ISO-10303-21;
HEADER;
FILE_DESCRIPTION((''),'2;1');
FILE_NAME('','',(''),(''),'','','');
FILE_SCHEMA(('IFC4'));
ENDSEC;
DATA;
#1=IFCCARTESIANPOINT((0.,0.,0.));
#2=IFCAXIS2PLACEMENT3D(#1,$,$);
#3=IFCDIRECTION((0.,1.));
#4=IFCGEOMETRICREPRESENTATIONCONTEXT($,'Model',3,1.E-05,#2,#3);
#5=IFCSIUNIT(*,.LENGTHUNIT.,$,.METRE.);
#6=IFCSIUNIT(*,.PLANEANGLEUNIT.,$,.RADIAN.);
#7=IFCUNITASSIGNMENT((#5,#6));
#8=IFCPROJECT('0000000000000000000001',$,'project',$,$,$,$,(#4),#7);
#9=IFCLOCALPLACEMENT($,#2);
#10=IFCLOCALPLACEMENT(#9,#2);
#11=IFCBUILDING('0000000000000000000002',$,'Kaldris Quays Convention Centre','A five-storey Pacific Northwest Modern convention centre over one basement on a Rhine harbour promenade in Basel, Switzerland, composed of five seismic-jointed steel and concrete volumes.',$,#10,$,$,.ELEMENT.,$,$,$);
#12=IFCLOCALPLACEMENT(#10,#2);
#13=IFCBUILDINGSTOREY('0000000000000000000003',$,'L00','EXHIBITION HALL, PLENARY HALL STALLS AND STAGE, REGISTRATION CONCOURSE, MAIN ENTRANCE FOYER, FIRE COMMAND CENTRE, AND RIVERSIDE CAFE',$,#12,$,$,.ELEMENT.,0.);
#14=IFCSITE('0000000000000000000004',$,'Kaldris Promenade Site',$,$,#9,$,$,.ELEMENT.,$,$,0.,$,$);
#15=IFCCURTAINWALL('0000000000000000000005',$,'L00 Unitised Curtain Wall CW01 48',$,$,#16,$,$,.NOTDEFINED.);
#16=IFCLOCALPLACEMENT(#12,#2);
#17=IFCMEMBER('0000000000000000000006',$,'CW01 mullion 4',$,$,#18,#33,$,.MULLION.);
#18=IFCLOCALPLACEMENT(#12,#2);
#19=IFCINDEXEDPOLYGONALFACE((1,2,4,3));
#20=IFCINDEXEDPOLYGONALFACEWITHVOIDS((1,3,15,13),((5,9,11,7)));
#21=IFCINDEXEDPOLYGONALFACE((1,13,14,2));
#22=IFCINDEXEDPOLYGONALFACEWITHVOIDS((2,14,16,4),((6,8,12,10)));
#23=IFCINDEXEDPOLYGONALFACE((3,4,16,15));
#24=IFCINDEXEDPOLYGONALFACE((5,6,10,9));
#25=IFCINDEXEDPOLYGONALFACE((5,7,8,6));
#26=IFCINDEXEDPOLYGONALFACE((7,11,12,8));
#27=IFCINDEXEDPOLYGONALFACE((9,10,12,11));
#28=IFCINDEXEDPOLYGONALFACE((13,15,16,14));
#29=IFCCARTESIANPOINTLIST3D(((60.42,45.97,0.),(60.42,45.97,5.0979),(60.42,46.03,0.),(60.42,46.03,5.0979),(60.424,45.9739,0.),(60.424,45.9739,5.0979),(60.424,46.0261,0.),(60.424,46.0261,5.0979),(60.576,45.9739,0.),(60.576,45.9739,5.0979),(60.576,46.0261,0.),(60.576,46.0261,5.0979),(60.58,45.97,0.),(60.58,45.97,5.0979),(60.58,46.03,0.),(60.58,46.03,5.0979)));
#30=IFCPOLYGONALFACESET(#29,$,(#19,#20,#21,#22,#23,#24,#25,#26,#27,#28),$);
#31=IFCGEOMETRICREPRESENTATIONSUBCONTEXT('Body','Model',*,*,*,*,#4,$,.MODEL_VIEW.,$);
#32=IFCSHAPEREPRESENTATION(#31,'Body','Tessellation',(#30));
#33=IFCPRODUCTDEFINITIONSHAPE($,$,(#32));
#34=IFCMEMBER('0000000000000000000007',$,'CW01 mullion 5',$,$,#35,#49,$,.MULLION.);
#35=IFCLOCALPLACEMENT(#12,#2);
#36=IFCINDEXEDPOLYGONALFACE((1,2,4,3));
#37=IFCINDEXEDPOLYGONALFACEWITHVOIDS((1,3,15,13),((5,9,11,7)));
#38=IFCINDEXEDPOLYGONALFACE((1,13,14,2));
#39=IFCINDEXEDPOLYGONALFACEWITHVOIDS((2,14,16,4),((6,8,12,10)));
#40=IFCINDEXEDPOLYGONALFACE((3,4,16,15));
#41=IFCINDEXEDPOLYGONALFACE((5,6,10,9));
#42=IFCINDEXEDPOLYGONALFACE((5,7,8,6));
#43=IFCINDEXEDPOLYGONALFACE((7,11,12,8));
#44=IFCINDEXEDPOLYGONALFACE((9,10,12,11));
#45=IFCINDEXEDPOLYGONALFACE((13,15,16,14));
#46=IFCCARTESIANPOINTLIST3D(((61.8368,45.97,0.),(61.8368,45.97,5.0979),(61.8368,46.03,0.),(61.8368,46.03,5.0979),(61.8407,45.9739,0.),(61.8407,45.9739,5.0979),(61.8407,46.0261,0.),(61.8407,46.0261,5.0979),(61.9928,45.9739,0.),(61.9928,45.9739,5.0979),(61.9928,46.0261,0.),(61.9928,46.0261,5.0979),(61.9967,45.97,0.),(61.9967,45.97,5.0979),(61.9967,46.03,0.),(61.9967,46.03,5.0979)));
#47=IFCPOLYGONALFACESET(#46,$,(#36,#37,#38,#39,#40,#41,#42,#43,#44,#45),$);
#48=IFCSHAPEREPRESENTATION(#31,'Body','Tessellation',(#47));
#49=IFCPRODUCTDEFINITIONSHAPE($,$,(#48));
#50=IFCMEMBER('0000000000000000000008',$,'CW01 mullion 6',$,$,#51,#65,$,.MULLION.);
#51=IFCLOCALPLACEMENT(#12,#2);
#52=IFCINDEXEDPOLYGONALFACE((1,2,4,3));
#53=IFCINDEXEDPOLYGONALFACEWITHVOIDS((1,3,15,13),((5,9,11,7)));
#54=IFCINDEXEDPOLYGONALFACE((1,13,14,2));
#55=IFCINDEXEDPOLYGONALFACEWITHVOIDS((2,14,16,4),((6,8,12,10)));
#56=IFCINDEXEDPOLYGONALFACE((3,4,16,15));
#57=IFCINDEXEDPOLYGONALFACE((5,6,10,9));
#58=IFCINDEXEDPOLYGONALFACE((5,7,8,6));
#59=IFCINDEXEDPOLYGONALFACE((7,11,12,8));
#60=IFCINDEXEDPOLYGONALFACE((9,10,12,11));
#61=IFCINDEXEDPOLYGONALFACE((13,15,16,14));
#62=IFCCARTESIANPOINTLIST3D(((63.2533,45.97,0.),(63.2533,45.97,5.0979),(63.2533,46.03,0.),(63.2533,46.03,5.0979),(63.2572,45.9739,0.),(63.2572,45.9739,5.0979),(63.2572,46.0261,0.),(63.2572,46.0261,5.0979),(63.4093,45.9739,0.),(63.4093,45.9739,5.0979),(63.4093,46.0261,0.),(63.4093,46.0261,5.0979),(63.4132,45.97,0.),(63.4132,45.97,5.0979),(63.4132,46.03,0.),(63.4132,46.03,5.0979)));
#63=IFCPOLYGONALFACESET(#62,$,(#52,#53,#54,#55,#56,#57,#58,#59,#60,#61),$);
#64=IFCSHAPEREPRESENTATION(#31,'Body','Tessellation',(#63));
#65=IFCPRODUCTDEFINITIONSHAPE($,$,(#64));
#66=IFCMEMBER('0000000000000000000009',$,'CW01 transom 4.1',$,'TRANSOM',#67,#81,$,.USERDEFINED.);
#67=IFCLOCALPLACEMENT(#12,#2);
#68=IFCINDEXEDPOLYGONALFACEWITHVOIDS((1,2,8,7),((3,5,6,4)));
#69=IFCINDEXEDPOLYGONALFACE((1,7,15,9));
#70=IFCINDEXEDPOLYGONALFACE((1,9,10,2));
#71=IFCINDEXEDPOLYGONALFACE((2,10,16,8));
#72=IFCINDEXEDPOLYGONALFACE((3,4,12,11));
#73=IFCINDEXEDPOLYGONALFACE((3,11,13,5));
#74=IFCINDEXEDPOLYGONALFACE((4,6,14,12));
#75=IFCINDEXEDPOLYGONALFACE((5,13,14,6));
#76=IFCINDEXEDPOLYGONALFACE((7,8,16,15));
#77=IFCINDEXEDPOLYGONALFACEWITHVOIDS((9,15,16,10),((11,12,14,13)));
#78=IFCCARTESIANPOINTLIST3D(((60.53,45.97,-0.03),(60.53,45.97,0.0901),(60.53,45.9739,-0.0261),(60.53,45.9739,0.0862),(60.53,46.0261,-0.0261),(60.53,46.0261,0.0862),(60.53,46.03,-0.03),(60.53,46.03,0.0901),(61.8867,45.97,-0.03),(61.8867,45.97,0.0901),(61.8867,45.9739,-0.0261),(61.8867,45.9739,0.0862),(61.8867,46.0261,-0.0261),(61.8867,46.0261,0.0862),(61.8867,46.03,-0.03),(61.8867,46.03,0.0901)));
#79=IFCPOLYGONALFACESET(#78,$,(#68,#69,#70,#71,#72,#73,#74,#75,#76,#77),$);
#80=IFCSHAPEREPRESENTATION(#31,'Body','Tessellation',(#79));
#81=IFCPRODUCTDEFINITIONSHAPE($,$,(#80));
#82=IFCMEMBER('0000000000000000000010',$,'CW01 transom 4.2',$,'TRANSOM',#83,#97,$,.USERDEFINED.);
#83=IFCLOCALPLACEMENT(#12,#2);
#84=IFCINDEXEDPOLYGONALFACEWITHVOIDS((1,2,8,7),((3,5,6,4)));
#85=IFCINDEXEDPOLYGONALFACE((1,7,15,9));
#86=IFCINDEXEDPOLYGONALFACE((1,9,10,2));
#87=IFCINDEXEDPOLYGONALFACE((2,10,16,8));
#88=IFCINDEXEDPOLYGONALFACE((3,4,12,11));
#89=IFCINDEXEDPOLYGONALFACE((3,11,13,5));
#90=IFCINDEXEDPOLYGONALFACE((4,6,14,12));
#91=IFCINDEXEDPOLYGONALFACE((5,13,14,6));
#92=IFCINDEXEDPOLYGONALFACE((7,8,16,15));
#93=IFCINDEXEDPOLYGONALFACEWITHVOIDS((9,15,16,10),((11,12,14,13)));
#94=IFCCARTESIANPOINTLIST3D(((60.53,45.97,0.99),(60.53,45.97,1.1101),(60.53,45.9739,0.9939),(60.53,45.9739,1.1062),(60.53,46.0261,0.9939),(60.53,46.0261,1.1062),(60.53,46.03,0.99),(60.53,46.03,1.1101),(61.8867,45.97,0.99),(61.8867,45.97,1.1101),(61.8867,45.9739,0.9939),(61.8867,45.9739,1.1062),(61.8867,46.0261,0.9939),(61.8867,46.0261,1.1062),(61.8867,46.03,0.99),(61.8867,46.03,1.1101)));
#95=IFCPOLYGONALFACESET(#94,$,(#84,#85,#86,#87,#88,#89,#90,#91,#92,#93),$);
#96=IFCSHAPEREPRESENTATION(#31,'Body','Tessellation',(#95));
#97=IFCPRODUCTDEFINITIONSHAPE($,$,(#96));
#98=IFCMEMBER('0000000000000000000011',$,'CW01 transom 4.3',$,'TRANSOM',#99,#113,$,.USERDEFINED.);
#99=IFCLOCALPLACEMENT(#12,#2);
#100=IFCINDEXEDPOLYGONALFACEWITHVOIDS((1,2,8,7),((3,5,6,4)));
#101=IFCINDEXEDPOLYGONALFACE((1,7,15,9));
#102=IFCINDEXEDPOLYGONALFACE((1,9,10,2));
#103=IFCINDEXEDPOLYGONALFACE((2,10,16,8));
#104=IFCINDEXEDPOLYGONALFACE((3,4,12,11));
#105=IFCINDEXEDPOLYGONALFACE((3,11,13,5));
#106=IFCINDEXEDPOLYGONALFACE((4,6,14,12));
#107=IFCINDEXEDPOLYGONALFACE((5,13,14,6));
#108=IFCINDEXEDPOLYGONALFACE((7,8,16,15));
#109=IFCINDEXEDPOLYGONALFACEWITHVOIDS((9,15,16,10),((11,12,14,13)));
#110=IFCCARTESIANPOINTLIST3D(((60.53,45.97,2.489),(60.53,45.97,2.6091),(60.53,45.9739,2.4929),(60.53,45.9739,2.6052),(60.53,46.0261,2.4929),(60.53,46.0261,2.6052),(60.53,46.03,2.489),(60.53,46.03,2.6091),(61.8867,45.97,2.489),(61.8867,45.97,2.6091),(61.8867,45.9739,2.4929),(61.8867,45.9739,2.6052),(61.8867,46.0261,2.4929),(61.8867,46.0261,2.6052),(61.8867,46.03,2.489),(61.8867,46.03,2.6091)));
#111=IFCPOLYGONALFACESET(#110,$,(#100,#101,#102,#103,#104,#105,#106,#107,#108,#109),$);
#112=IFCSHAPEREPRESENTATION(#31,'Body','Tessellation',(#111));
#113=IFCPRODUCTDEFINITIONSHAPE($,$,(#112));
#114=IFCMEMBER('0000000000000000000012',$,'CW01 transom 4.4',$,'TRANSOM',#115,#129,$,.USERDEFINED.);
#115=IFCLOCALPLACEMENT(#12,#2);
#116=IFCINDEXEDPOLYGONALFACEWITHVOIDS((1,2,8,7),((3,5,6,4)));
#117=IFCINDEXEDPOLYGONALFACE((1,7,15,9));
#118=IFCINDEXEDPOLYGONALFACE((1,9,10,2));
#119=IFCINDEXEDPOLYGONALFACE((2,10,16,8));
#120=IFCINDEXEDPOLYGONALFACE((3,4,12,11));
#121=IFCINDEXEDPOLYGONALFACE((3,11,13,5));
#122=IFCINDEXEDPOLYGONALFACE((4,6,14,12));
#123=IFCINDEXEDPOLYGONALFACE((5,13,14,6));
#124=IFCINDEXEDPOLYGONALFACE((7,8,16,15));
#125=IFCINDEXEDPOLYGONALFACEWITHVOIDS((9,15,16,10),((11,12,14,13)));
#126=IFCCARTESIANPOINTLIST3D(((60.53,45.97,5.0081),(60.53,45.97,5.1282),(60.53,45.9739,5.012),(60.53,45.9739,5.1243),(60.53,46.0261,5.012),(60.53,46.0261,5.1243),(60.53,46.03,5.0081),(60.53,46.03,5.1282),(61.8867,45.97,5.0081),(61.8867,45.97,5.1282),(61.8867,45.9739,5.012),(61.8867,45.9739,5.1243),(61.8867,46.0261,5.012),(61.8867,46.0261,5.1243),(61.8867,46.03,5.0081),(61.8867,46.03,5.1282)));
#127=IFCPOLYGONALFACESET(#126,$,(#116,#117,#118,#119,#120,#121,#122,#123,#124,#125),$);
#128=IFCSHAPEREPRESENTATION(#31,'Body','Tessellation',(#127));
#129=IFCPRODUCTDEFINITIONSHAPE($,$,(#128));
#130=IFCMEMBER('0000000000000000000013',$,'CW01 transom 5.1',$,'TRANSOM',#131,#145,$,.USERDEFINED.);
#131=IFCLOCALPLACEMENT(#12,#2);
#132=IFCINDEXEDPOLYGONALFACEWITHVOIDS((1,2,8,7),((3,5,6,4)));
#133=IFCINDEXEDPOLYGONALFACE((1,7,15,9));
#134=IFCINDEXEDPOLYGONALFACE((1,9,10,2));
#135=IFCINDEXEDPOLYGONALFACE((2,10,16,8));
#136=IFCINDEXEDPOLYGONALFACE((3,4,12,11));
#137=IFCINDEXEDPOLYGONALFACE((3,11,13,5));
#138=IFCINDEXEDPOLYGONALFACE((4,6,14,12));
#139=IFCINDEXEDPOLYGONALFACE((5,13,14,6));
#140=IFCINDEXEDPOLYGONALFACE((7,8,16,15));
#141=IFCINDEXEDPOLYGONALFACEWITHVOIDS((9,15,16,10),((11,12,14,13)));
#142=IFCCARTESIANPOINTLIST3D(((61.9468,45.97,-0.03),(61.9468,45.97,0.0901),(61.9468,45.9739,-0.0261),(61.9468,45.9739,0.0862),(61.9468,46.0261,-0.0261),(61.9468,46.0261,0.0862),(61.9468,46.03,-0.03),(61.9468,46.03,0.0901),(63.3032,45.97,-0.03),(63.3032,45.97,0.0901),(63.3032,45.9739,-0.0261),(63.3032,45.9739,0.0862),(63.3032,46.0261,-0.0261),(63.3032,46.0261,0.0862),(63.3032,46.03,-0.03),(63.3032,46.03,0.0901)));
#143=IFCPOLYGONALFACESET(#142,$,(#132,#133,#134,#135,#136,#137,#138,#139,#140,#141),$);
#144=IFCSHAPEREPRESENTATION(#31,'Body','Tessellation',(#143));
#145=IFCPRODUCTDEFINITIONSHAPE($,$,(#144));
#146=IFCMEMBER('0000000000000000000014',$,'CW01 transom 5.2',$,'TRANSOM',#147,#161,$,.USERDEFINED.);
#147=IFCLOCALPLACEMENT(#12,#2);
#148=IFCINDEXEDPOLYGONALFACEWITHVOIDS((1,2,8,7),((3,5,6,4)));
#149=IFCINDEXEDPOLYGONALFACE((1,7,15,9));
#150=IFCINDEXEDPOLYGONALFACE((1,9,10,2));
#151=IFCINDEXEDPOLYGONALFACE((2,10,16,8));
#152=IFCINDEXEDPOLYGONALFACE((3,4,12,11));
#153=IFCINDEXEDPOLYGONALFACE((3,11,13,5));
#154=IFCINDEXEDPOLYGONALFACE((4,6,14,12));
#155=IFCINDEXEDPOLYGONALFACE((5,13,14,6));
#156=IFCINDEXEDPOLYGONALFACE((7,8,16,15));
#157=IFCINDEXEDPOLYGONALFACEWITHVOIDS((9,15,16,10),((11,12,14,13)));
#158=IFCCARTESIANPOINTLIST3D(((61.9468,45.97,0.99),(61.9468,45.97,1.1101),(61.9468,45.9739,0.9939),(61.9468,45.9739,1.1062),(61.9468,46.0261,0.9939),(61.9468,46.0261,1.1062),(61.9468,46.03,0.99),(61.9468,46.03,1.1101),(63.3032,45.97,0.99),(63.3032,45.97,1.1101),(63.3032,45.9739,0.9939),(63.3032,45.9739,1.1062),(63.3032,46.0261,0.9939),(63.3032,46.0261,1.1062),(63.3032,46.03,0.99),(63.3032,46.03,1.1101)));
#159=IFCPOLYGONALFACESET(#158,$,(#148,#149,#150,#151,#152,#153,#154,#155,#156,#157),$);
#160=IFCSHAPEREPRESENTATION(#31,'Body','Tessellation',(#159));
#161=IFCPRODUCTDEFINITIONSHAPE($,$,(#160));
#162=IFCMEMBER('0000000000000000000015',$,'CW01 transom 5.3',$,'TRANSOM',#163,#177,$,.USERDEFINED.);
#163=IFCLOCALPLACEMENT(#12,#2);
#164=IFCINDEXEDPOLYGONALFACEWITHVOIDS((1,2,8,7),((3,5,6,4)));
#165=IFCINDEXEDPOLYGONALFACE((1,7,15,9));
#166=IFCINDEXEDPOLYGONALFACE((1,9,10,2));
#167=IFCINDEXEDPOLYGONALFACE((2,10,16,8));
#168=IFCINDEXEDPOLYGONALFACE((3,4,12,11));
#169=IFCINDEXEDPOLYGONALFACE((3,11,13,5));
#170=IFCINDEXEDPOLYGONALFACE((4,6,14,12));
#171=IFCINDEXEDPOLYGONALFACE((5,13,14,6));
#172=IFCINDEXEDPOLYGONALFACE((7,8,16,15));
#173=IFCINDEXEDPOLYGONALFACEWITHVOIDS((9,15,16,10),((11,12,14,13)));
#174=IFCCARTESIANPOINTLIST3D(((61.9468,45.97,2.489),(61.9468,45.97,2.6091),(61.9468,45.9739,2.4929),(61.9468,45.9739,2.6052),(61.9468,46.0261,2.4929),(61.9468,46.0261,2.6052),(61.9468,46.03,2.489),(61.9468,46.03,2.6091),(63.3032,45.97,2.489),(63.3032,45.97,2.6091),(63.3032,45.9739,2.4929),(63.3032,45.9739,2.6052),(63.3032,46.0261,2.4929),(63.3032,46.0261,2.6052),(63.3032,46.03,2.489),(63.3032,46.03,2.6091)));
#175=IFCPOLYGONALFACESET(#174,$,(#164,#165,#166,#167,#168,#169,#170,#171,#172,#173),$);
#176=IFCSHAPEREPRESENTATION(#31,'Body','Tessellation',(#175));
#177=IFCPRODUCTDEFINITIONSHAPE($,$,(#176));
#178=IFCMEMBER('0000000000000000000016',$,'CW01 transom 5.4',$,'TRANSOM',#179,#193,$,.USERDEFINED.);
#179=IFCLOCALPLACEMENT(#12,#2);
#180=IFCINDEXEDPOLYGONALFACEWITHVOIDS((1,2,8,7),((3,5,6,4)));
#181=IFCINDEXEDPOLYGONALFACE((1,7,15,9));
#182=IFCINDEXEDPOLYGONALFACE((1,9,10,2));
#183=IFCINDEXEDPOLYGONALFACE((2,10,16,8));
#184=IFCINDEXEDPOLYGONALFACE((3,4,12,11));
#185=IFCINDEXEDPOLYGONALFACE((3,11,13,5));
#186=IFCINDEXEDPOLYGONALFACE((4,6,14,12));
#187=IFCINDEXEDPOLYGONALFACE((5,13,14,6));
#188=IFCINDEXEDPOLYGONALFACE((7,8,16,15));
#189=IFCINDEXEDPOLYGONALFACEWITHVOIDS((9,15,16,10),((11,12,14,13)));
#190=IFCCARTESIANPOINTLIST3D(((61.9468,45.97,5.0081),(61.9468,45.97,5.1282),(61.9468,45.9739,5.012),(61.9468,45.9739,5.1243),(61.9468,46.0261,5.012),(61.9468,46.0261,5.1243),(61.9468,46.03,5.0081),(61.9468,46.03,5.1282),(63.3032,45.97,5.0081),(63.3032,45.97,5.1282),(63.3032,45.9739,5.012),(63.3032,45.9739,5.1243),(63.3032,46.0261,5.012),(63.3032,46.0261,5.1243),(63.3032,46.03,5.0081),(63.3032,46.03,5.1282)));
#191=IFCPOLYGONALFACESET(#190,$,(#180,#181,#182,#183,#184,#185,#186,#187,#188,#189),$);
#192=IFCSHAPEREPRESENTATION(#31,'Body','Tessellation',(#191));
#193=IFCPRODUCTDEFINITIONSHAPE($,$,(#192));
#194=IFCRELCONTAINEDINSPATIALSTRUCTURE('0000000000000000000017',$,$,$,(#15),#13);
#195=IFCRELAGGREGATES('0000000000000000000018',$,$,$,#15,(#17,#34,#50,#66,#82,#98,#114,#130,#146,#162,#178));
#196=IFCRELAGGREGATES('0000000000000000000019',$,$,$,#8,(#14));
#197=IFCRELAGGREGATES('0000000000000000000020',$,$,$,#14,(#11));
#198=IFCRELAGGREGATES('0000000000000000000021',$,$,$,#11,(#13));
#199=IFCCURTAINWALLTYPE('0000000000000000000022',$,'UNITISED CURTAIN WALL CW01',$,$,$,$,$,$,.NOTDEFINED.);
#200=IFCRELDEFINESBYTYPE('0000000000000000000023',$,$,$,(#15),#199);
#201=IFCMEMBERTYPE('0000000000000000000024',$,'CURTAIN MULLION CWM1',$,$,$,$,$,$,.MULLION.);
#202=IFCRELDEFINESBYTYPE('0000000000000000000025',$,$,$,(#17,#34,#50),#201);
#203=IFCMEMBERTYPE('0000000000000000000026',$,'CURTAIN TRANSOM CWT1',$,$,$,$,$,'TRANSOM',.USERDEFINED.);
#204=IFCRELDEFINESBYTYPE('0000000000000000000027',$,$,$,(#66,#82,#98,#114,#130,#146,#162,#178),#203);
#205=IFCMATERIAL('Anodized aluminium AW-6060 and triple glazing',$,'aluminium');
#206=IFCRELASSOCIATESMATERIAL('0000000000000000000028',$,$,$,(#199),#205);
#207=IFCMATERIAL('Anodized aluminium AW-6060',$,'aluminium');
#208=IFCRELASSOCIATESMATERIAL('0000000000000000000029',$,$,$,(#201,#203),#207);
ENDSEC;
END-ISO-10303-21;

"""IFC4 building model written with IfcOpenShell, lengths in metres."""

from ifc_helpers import new_model, si_unit, direction, frame, origin, origin_2d, place, context, subcontext, project, spatial, hollow_rectangle, extrude, material, material_profile, profile_set, type_object, element, aggregate, save


model = new_model("IFC4")

# Units and contexts
model_context = context("Model", 3, precision=1e-05, world=origin(), true_north=direction((0.0, 1.0)))
body_context = subcontext(model_context, "Body", "Model", "MODEL_VIEW")
ifc_project = project(units=[si_unit("LENGTHUNIT", "METRE"), si_unit("PLANEANGLEUNIT", "RADIAN")], contexts=[model_context])

# Site, building, storey
site_placement = place(None, origin())
site = spatial("IfcSite", under=ifc_project, at=site_placement, Name="Kaldris Promenade Site", CompositionType="ELEMENT", RefElevation=0.0)
building_placement = place(site_placement, origin())
building = spatial("IfcBuilding", under=site, at=building_placement, Name="Kaldris Quays Convention Centre", Description="A five-storey Pacific Northwest Modern convention centre over one basement on a Rhine harbour promenade in Basel, Switzerland, composed of five seismic-jointed steel and concrete volumes.", CompositionType="ELEMENT")
storey_placement = place(building_placement, origin())
storey = spatial("IfcBuildingStorey", under=building, at=storey_placement, Name="L00", Description="EXHIBITION HALL, PLENARY HALL STALLS AND STAGE, REGISTRATION CONCOURSE, MAIN ENTRANCE FOYER, FIRE COMMAND CENTRE, AND RIVERSIDE CAFE", CompositionType="ELEMENT", Elevation=0.0)

# Curtain wall, members
ifc_material_1 = material(Name="Anodized aluminium AW-6060 and triple glazing", Category="aluminium")
curtain_wall_type = type_object("IfcCurtainWallType", Name="UNITISED CURTAIN WALL CW01", PredefinedType="NOTDEFINED", material=ifc_material_1)
curtain_wall_placement = place(storey_placement, origin())
curtain_wall = element("IfcCurtainWall", 1, at=curtain_wall_placement, inside=storey, type_object=curtain_wall_type, Name="L00 Unitised Curtain Wall CW01 48", PredefinedType="NOTDEFINED")
ifc_material_2 = material(Name="Anodized aluminium AW-6060", Category="aluminium")
ifc_material_profile_1 = material_profile(ifc_material_2, hollow_rectangle(XDim=0.0601, YDim=0.1599, WallThickness=0.0039, at=origin_2d()), Name="RHS 160x60x4")
ifc_profile_set_1 = profile_set([ifc_material_profile_1], Name="Anodized aluminium AW-6060")
member_type_1 = type_object("IfcMemberType", Name="CURTAIN MULLION CWM1", PredefinedType="MULLION", material=ifc_profile_set_1)
member_1_placement = place(storey_placement, frame((60.5, 46.0, 0.0), z_axis=(0.0, 0.0, 1.0), x_axis=(0.0, 1.0, 0.0)))
member_1 = element("IfcMember", 2, at=member_1_placement, type_object=member_type_1, Name="CW01 mullion 4", PredefinedType="MULLION", context=body_context, shape_type="SweptSolid", body=[
    extrude(hollow_rectangle(XDim=0.0601, YDim=0.1599, WallThickness=0.0039, at=origin_2d()), origin(), (0.0, 0.0, 1.0), 5.0979),
])
member_2_placement = place(storey_placement, frame((61.9167, 46.0, 0.0), z_axis=(0.0, 0.0, 1.0), x_axis=(0.0, 1.0, 0.0)))
member_2 = element("IfcMember", 3, at=member_2_placement, type_object=member_type_1, Name="CW01 mullion 5", PredefinedType="MULLION", context=body_context, shape_type="SweptSolid", body=[
    extrude(hollow_rectangle(XDim=0.0601, YDim=0.1599, WallThickness=0.0039, at=origin_2d()), origin(), (0.0, 0.0, 1.0), 5.0979),
])
member_3_placement = place(storey_placement, frame((63.3333, 46.0, 0.0), z_axis=(0.0, 0.0, 1.0), x_axis=(0.0, 1.0, 0.0)))
member_3 = element("IfcMember", 4, at=member_3_placement, type_object=member_type_1, Name="CW01 mullion 6", PredefinedType="MULLION", context=body_context, shape_type="SweptSolid", body=[
    extrude(hollow_rectangle(XDim=0.0601, YDim=0.1599, WallThickness=0.0039, at=origin_2d()), origin(), (0.0, 0.0, 1.0), 5.0979),
])
ifc_material_profile_2 = material_profile(ifc_material_2, hollow_rectangle(XDim=0.0601, YDim=0.1201, WallThickness=0.0039, at=origin_2d()), Name="RHS 120x60x4")
ifc_profile_set_2 = profile_set([ifc_material_profile_2], Name="Anodized aluminium AW-6060")
member_type_2 = type_object("IfcMemberType", Name="CURTAIN TRANSOM CWT1", ElementType="TRANSOM", PredefinedType="USERDEFINED", material=ifc_profile_set_2)
member_4_placement = place(storey_placement, frame((60.53, 46.0, 0.03), z_axis=(1.0, 0.0, 0.0), x_axis=(0.0, 1.0, 0.0)))
member_4 = element("IfcMember", 5, at=member_4_placement, type_object=member_type_2, Name="CW01 transom 4.1", ObjectType="TRANSOM", PredefinedType="USERDEFINED", context=body_context, shape_type="SweptSolid", body=[
    extrude(hollow_rectangle(XDim=0.0601, YDim=0.1201, WallThickness=0.0039, at=origin_2d()), origin(), (0.0, 0.0, 1.0), 1.3567),
])
member_5_placement = place(storey_placement, frame((60.53, 46.0, 1.05), z_axis=(1.0, 0.0, 0.0), x_axis=(0.0, 1.0, 0.0)))
member_5 = element("IfcMember", 6, at=member_5_placement, type_object=member_type_2, Name="CW01 transom 4.2", ObjectType="TRANSOM", PredefinedType="USERDEFINED", context=body_context, shape_type="SweptSolid", body=[
    extrude(hollow_rectangle(XDim=0.0601, YDim=0.1201, WallThickness=0.0039, at=origin_2d()), origin(), (0.0, 0.0, 1.0), 1.3567),
])
member_6_placement = place(storey_placement, frame((60.53, 46.0, 2.5491), z_axis=(1.0, 0.0, 0.0), x_axis=(0.0, 1.0, 0.0)))
member_6 = element("IfcMember", 7, at=member_6_placement, type_object=member_type_2, Name="CW01 transom 4.3", ObjectType="TRANSOM", PredefinedType="USERDEFINED", context=body_context, shape_type="SweptSolid", body=[
    extrude(hollow_rectangle(XDim=0.0601, YDim=0.1201, WallThickness=0.0039, at=origin_2d()), origin(), (0.0, 0.0, 1.0), 1.3567),
])
member_7_placement = place(storey_placement, frame((60.53, 46.0, 5.0681), z_axis=(1.0, 0.0, 0.0), x_axis=(0.0, 1.0, 0.0)))
member_7 = element("IfcMember", 8, at=member_7_placement, type_object=member_type_2, Name="CW01 transom 4.4", ObjectType="TRANSOM", PredefinedType="USERDEFINED", context=body_context, shape_type="SweptSolid", body=[
    extrude(hollow_rectangle(XDim=0.0601, YDim=0.1201, WallThickness=0.0039, at=origin_2d()), origin(), (0.0, 0.0, 1.0), 1.3567),
])
member_8_placement = place(storey_placement, frame((61.9468, 46.0, 0.03), z_axis=(1.0, 0.0, 0.0), x_axis=(0.0, 1.0, 0.0)))
member_8 = element("IfcMember", 9, at=member_8_placement, type_object=member_type_2, Name="CW01 transom 5.1", ObjectType="TRANSOM", PredefinedType="USERDEFINED", context=body_context, shape_type="SweptSolid", body=[
    extrude(hollow_rectangle(XDim=0.0601, YDim=0.1201, WallThickness=0.0039, at=origin_2d()), origin(), (0.0, 0.0, 1.0), 1.3564),
])
member_9_placement = place(storey_placement, frame((61.9468, 46.0, 1.05), z_axis=(1.0, 0.0, 0.0), x_axis=(0.0, 1.0, 0.0)))
member_9 = element("IfcMember", 10, at=member_9_placement, type_object=member_type_2, Name="CW01 transom 5.2", ObjectType="TRANSOM", PredefinedType="USERDEFINED", context=body_context, shape_type="SweptSolid", body=[
    extrude(hollow_rectangle(XDim=0.0601, YDim=0.1201, WallThickness=0.0039, at=origin_2d()), origin(), (0.0, 0.0, 1.0), 1.3564),
])
member_10_placement = place(storey_placement, frame((61.9468, 46.0, 2.5491), z_axis=(1.0, 0.0, 0.0), x_axis=(0.0, 1.0, 0.0)))
member_10 = element("IfcMember", 11, at=member_10_placement, type_object=member_type_2, Name="CW01 transom 5.3", ObjectType="TRANSOM", PredefinedType="USERDEFINED", context=body_context, shape_type="SweptSolid", body=[
    extrude(hollow_rectangle(XDim=0.0601, YDim=0.1201, WallThickness=0.0039, at=origin_2d()), origin(), (0.0, 0.0, 1.0), 1.3564),
])
member_11_placement = place(storey_placement, frame((61.9468, 46.0, 5.0681), z_axis=(1.0, 0.0, 0.0), x_axis=(0.0, 1.0, 0.0)))
member_11 = element("IfcMember", 12, at=member_11_placement, type_object=member_type_2, Name="CW01 transom 5.4", ObjectType="TRANSOM", PredefinedType="USERDEFINED", context=body_context, shape_type="SweptSolid", body=[
    extrude(hollow_rectangle(XDim=0.0601, YDim=0.1201, WallThickness=0.0039, at=origin_2d()), origin(), (0.0, 0.0, 1.0), 1.3564),
])
aggregate(curtain_wall, [member_1, member_2, member_3, member_4, member_5, member_6, member_7, member_8, member_9, member_10, member_11])

save(model, "model.ifc")
